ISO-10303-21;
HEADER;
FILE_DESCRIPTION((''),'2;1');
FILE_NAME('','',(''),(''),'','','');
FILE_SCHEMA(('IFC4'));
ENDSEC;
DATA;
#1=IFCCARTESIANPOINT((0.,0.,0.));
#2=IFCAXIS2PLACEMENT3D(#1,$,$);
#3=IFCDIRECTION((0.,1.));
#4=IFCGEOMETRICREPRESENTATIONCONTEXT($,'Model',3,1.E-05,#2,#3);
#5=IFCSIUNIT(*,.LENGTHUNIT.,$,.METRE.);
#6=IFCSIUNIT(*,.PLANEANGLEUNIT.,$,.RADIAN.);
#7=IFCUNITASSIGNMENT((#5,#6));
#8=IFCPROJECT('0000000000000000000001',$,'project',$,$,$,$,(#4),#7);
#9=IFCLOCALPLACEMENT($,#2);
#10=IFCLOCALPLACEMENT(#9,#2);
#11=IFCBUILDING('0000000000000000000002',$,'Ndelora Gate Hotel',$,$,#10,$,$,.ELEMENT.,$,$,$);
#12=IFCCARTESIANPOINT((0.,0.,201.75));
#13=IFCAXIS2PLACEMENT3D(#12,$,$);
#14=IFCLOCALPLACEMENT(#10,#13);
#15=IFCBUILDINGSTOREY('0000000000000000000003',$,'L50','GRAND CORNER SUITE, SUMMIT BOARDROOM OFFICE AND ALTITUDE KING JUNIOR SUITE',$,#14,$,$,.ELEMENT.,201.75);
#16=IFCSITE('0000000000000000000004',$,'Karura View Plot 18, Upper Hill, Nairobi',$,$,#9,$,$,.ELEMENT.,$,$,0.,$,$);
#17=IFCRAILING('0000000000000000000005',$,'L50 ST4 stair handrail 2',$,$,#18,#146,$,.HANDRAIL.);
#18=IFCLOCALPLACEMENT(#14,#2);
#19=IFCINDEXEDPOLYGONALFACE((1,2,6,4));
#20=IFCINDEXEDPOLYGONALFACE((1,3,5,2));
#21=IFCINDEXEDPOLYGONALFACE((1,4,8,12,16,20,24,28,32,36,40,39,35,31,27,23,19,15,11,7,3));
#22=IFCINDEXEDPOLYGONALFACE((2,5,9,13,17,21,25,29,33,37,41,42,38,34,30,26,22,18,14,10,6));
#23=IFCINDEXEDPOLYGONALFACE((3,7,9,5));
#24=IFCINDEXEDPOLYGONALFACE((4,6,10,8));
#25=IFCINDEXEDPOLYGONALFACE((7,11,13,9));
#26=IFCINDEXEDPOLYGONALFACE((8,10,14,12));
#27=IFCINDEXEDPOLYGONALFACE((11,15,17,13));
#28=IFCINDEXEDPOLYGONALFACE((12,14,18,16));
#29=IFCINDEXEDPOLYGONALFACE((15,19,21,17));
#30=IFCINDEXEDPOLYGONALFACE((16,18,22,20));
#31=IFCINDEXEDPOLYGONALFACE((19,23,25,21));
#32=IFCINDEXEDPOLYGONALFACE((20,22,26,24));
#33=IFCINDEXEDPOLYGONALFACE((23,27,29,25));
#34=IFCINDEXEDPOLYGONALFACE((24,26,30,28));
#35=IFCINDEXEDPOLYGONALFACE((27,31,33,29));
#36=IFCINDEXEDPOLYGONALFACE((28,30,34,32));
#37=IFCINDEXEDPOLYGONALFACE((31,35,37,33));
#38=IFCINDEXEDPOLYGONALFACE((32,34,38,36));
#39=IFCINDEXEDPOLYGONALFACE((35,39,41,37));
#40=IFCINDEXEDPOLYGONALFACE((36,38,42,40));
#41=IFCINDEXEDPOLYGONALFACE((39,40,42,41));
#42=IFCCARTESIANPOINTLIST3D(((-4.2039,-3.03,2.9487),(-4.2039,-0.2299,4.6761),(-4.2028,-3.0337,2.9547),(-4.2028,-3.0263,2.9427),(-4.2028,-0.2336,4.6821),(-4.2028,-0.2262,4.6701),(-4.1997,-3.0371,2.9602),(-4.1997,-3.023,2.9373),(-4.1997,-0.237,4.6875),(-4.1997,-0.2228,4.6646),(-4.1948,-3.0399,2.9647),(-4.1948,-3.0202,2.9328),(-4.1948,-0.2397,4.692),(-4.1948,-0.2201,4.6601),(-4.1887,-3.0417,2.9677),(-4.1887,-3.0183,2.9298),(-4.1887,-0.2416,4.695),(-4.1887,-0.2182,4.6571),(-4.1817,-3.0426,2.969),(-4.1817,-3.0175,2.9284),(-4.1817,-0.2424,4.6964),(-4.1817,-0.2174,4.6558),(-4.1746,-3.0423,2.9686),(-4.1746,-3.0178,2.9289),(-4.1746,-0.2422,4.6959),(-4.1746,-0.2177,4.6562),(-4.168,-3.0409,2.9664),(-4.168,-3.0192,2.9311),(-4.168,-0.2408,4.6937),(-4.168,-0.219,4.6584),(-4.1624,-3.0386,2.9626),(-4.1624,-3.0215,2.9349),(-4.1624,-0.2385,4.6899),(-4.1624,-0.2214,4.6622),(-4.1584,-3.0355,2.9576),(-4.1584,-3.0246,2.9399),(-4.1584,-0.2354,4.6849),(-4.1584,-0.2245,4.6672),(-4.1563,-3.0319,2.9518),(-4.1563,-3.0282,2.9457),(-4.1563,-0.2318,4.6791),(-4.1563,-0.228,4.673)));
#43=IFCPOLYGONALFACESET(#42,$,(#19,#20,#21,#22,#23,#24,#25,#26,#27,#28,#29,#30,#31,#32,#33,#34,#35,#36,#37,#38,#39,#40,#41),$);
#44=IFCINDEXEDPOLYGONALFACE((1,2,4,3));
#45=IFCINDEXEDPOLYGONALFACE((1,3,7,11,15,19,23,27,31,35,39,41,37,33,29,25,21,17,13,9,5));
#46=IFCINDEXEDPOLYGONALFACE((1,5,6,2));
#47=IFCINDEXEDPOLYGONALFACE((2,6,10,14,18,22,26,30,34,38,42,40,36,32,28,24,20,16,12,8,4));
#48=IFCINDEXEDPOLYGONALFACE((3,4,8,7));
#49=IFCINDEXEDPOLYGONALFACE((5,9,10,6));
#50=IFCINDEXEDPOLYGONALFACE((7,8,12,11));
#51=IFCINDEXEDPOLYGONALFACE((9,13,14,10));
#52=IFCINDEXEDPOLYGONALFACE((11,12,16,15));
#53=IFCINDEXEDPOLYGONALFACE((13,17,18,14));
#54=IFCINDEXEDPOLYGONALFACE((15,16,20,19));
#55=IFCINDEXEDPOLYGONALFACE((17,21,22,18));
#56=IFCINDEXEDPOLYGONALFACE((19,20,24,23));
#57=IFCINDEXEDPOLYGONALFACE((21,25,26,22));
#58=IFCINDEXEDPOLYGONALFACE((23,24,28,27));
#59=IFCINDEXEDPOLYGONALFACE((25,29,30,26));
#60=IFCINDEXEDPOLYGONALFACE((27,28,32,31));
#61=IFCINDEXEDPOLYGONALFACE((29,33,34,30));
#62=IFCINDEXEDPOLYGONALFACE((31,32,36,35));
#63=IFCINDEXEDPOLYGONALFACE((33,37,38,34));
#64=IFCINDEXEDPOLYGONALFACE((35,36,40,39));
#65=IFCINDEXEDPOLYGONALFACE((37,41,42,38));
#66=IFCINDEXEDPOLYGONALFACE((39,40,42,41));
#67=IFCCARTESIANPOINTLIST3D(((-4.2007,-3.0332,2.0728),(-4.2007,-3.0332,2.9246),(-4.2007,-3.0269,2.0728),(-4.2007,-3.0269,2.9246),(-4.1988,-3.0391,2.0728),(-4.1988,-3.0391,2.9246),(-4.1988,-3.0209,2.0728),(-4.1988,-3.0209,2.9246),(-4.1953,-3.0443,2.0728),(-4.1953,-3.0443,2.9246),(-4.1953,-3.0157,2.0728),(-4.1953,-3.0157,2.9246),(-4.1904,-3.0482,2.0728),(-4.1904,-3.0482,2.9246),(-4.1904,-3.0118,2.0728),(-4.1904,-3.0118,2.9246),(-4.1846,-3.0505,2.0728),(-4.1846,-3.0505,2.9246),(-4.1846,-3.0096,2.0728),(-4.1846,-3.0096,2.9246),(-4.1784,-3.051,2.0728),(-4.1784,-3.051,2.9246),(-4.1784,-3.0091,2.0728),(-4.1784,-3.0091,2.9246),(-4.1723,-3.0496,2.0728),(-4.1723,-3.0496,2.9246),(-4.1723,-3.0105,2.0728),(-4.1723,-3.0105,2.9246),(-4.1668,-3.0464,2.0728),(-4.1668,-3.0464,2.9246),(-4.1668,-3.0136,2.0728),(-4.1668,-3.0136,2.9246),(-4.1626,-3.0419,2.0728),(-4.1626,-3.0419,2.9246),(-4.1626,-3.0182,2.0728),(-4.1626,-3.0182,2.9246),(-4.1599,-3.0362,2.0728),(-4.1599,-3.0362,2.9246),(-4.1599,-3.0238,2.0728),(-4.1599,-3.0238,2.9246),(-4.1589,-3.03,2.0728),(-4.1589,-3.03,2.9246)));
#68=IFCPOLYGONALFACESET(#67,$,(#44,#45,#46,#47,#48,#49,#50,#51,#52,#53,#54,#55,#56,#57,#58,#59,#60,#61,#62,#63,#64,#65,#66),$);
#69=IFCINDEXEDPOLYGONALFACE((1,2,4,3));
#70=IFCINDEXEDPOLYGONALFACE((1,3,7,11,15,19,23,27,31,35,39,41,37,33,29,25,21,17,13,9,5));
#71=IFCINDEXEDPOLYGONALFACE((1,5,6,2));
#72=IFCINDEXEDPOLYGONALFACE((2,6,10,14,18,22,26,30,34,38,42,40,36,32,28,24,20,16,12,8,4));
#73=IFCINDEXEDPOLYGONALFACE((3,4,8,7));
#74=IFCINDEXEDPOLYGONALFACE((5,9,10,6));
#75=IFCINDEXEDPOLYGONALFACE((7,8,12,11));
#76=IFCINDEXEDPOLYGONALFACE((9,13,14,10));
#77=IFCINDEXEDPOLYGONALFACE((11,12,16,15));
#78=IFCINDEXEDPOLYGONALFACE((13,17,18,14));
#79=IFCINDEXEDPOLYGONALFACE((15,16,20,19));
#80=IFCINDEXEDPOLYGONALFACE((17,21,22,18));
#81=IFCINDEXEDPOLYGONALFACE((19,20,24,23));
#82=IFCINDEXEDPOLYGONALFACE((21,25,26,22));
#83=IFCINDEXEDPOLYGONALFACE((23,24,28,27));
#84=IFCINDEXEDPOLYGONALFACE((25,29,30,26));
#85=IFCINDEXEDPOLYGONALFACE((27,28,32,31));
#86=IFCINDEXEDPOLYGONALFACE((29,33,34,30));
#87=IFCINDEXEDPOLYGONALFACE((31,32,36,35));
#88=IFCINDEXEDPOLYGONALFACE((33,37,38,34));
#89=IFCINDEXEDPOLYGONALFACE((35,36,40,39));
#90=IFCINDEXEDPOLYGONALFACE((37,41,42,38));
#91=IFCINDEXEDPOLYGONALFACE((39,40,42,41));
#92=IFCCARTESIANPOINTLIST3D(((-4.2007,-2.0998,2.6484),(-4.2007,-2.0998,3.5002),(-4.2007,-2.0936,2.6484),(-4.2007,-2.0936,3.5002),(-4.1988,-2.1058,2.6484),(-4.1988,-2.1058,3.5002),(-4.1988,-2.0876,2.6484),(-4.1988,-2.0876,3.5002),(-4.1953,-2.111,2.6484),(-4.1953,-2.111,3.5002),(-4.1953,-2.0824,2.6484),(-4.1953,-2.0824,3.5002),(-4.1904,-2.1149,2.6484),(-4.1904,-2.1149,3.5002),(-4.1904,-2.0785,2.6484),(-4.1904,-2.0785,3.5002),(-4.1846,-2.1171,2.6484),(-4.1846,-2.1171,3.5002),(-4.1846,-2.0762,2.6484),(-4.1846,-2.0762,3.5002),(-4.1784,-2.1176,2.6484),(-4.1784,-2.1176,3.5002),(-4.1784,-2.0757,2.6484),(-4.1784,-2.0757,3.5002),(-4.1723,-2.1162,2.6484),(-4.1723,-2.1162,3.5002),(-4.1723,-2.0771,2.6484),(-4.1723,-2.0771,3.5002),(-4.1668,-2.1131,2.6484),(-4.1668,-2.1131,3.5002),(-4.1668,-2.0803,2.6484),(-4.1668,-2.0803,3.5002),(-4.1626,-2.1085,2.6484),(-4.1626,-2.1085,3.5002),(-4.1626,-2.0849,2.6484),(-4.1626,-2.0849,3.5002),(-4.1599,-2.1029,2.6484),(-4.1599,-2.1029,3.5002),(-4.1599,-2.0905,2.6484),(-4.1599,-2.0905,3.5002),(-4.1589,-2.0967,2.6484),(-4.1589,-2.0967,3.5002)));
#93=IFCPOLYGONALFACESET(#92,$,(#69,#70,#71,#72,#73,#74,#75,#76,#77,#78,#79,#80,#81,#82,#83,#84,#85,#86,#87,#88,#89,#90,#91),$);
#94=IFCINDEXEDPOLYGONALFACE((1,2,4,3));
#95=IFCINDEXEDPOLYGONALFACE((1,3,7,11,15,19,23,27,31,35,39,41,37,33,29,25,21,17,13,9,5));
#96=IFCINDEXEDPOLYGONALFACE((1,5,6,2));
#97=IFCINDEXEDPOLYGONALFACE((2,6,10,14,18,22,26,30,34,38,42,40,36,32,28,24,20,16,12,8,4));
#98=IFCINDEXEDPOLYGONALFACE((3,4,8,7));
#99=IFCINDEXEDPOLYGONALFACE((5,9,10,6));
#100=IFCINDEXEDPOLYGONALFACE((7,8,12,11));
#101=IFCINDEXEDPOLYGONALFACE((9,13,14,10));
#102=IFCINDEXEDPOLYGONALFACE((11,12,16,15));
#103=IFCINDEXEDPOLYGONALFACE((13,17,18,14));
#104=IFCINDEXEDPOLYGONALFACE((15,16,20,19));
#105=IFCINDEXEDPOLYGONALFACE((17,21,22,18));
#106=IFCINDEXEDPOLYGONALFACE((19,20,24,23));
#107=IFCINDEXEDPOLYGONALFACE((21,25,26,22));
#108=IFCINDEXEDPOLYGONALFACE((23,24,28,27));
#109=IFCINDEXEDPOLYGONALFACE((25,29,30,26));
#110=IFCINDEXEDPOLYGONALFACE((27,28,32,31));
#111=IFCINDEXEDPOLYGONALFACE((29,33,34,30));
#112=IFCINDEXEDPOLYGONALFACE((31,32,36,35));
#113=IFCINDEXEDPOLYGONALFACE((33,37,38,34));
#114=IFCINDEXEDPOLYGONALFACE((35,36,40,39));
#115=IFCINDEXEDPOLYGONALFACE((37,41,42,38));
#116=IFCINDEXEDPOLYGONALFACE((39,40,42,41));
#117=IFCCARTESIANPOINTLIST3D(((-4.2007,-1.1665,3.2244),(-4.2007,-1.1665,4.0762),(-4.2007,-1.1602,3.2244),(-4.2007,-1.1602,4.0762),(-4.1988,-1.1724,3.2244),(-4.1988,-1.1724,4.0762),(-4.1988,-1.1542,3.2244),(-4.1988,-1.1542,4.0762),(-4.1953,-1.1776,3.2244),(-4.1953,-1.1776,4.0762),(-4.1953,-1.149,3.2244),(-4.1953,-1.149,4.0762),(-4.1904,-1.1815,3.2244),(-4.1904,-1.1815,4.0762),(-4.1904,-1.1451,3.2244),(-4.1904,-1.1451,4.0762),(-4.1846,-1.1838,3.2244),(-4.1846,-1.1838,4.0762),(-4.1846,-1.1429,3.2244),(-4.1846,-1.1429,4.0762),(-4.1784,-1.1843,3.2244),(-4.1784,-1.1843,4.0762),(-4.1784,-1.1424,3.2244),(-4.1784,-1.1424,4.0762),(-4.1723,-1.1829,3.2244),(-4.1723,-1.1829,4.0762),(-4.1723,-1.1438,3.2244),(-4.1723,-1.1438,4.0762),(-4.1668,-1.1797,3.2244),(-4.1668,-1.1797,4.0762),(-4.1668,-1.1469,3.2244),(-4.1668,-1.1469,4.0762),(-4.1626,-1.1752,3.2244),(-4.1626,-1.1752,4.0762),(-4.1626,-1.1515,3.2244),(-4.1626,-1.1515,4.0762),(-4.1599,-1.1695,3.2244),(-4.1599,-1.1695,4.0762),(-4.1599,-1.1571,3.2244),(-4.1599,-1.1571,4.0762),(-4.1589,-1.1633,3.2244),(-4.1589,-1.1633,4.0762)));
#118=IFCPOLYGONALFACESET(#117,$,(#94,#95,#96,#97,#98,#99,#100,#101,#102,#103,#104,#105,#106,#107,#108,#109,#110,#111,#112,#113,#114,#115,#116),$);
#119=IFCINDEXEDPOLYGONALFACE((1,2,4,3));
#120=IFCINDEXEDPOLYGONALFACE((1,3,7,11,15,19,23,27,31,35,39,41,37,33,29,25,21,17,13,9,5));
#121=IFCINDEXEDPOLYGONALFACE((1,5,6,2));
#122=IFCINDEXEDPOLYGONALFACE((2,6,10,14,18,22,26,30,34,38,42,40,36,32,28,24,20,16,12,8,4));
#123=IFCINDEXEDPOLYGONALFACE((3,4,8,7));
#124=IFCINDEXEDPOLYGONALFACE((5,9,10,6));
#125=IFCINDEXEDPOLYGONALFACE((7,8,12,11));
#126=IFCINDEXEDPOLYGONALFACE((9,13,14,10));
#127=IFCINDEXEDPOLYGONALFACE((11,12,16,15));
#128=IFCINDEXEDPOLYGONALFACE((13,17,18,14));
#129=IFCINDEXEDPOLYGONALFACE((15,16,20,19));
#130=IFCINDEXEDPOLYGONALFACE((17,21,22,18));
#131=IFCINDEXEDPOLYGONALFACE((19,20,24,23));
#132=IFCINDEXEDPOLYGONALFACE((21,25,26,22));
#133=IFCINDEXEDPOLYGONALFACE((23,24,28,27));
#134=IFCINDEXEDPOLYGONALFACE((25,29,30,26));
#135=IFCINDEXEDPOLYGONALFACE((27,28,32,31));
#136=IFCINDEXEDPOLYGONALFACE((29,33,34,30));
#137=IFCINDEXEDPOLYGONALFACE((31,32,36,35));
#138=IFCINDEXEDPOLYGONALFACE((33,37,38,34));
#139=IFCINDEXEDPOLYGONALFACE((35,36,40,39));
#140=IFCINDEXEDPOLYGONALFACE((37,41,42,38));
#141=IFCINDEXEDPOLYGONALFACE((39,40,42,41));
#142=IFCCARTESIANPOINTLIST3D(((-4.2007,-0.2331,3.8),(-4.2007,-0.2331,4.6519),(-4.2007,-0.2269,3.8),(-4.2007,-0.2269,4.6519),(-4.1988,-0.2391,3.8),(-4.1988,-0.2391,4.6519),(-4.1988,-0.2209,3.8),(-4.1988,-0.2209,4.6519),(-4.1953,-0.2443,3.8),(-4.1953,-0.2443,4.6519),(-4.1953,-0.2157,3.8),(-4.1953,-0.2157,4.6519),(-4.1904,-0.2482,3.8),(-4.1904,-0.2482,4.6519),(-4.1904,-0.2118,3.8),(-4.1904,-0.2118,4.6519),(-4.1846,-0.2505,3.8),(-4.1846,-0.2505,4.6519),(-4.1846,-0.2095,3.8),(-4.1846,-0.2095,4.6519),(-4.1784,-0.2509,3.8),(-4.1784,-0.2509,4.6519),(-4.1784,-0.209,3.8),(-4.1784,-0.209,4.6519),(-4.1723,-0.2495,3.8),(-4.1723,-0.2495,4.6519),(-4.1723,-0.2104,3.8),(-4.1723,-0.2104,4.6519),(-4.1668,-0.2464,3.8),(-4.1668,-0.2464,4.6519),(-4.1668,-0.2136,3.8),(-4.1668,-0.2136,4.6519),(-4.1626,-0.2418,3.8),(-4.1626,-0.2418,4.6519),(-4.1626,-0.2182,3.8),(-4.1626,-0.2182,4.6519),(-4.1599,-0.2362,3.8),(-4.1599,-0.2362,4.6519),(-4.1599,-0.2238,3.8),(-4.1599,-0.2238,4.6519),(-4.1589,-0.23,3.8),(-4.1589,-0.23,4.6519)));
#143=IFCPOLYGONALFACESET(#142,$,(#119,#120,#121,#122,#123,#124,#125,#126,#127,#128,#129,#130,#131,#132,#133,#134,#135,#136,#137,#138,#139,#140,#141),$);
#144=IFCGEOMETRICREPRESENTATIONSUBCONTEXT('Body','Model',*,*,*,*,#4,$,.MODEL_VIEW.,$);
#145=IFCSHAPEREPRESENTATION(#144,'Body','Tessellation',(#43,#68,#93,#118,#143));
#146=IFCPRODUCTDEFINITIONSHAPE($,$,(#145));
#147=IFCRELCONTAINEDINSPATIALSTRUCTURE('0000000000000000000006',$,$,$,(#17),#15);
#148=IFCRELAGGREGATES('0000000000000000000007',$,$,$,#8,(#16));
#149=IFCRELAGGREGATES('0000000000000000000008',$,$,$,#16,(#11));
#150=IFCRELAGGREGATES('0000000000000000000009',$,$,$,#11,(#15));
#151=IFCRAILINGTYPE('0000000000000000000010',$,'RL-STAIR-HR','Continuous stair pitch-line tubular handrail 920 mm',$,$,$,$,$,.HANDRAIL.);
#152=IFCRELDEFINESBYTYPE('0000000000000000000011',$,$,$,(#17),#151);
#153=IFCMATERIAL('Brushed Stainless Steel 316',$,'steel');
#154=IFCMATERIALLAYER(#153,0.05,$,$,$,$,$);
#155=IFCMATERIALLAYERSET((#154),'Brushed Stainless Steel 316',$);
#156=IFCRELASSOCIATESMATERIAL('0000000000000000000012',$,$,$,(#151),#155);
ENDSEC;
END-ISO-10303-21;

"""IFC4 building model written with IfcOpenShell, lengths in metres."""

from ifc_helpers import new_model, si_unit, direction, frame, origin, origin_2d, place, context, subcontext, project, spatial, circle, extrude, material, layer, layer_set, type_object, element, save


model = new_model("IFC4")

# Units and contexts
model_context = context("Model", 3, precision=1e-05, world=origin(), true_north=direction((0.0, 1.0)))
body_context = subcontext(model_context, "Body", "Model", "MODEL_VIEW")
ifc_project = project(units=[si_unit("LENGTHUNIT", "METRE"), si_unit("PLANEANGLEUNIT", "RADIAN")], contexts=[model_context])

# Site, building, storey
site_placement = place(None, origin())
site = spatial("IfcSite", under=ifc_project, at=site_placement, Name="Karura View Plot 18, Upper Hill, Nairobi", CompositionType="ELEMENT", RefElevation=0.0)
building_placement = place(site_placement, origin())
building = spatial("IfcBuilding", under=site, at=building_placement, Name="Ndelora Gate Hotel", CompositionType="ELEMENT")
storey_placement = place(building_placement, frame((0.0, 0.0, 201.75)))
storey = spatial("IfcBuildingStorey", under=building, at=storey_placement, Name="L50", Description="GRAND CORNER SUITE, SUMMIT BOARDROOM OFFICE AND ALTITUDE KING JUNIOR SUITE", CompositionType="ELEMENT", Elevation=201.75)

# Railing
ifc_material_1 = material(Name="Brushed Stainless Steel 316", Category="steel")
ifc_layer_1 = layer(ifc_material_1, 0.05)
ifc_layer_set_1 = layer_set([ifc_layer_1], Name="Brushed Stainless Steel 316")
railing_type_1 = type_object("IfcRailingType", Name="RL-STAIR-HR", Description="Continuous stair pitch-line tubular handrail 920 mm", PredefinedType="HANDRAIL", material=ifc_layer_set_1)
railing_1_placement = place(storey_placement, frame((-4.1799, -3.03, 2.0728)))
element("IfcRailing", 1, at=railing_1_placement, inside=storey, type_object=railing_type_1, Name="L50 ST4 stair handrail 2", PredefinedType="HANDRAIL", context=body_context, shape_type="SweptSolid", body=[
    extrude(circle(Radius=0.0239, at=origin_2d()), frame((0.0, 0.0, 0.876), z_axis=(0.0, 0.85109, 0.52502), x_axis=(-1.0, 0.0, 0.0)), (0.0, 0.0, 1.0), 3.29),
    extrude(circle(Radius=0.021, at=origin_2d()), origin(), (0.0, 0.0, 1.0), 0.8518),
    extrude(circle(Radius=0.021, at=origin_2d()), frame((0.0, 0.9333, 0.5757)), (0.0, 0.0, 1.0), 0.8518),
    extrude(circle(Radius=0.021, at=origin_2d()), frame((0.0, 1.8667, 1.1516)), (0.0, 0.0, 1.0), 0.8518),
    extrude(circle(Radius=0.021, at=origin_2d()), frame((0.0, 2.8, 1.7273)), (0.0, 0.0, 1.0), 0.8518),
])

save(model, "model.ifc")
